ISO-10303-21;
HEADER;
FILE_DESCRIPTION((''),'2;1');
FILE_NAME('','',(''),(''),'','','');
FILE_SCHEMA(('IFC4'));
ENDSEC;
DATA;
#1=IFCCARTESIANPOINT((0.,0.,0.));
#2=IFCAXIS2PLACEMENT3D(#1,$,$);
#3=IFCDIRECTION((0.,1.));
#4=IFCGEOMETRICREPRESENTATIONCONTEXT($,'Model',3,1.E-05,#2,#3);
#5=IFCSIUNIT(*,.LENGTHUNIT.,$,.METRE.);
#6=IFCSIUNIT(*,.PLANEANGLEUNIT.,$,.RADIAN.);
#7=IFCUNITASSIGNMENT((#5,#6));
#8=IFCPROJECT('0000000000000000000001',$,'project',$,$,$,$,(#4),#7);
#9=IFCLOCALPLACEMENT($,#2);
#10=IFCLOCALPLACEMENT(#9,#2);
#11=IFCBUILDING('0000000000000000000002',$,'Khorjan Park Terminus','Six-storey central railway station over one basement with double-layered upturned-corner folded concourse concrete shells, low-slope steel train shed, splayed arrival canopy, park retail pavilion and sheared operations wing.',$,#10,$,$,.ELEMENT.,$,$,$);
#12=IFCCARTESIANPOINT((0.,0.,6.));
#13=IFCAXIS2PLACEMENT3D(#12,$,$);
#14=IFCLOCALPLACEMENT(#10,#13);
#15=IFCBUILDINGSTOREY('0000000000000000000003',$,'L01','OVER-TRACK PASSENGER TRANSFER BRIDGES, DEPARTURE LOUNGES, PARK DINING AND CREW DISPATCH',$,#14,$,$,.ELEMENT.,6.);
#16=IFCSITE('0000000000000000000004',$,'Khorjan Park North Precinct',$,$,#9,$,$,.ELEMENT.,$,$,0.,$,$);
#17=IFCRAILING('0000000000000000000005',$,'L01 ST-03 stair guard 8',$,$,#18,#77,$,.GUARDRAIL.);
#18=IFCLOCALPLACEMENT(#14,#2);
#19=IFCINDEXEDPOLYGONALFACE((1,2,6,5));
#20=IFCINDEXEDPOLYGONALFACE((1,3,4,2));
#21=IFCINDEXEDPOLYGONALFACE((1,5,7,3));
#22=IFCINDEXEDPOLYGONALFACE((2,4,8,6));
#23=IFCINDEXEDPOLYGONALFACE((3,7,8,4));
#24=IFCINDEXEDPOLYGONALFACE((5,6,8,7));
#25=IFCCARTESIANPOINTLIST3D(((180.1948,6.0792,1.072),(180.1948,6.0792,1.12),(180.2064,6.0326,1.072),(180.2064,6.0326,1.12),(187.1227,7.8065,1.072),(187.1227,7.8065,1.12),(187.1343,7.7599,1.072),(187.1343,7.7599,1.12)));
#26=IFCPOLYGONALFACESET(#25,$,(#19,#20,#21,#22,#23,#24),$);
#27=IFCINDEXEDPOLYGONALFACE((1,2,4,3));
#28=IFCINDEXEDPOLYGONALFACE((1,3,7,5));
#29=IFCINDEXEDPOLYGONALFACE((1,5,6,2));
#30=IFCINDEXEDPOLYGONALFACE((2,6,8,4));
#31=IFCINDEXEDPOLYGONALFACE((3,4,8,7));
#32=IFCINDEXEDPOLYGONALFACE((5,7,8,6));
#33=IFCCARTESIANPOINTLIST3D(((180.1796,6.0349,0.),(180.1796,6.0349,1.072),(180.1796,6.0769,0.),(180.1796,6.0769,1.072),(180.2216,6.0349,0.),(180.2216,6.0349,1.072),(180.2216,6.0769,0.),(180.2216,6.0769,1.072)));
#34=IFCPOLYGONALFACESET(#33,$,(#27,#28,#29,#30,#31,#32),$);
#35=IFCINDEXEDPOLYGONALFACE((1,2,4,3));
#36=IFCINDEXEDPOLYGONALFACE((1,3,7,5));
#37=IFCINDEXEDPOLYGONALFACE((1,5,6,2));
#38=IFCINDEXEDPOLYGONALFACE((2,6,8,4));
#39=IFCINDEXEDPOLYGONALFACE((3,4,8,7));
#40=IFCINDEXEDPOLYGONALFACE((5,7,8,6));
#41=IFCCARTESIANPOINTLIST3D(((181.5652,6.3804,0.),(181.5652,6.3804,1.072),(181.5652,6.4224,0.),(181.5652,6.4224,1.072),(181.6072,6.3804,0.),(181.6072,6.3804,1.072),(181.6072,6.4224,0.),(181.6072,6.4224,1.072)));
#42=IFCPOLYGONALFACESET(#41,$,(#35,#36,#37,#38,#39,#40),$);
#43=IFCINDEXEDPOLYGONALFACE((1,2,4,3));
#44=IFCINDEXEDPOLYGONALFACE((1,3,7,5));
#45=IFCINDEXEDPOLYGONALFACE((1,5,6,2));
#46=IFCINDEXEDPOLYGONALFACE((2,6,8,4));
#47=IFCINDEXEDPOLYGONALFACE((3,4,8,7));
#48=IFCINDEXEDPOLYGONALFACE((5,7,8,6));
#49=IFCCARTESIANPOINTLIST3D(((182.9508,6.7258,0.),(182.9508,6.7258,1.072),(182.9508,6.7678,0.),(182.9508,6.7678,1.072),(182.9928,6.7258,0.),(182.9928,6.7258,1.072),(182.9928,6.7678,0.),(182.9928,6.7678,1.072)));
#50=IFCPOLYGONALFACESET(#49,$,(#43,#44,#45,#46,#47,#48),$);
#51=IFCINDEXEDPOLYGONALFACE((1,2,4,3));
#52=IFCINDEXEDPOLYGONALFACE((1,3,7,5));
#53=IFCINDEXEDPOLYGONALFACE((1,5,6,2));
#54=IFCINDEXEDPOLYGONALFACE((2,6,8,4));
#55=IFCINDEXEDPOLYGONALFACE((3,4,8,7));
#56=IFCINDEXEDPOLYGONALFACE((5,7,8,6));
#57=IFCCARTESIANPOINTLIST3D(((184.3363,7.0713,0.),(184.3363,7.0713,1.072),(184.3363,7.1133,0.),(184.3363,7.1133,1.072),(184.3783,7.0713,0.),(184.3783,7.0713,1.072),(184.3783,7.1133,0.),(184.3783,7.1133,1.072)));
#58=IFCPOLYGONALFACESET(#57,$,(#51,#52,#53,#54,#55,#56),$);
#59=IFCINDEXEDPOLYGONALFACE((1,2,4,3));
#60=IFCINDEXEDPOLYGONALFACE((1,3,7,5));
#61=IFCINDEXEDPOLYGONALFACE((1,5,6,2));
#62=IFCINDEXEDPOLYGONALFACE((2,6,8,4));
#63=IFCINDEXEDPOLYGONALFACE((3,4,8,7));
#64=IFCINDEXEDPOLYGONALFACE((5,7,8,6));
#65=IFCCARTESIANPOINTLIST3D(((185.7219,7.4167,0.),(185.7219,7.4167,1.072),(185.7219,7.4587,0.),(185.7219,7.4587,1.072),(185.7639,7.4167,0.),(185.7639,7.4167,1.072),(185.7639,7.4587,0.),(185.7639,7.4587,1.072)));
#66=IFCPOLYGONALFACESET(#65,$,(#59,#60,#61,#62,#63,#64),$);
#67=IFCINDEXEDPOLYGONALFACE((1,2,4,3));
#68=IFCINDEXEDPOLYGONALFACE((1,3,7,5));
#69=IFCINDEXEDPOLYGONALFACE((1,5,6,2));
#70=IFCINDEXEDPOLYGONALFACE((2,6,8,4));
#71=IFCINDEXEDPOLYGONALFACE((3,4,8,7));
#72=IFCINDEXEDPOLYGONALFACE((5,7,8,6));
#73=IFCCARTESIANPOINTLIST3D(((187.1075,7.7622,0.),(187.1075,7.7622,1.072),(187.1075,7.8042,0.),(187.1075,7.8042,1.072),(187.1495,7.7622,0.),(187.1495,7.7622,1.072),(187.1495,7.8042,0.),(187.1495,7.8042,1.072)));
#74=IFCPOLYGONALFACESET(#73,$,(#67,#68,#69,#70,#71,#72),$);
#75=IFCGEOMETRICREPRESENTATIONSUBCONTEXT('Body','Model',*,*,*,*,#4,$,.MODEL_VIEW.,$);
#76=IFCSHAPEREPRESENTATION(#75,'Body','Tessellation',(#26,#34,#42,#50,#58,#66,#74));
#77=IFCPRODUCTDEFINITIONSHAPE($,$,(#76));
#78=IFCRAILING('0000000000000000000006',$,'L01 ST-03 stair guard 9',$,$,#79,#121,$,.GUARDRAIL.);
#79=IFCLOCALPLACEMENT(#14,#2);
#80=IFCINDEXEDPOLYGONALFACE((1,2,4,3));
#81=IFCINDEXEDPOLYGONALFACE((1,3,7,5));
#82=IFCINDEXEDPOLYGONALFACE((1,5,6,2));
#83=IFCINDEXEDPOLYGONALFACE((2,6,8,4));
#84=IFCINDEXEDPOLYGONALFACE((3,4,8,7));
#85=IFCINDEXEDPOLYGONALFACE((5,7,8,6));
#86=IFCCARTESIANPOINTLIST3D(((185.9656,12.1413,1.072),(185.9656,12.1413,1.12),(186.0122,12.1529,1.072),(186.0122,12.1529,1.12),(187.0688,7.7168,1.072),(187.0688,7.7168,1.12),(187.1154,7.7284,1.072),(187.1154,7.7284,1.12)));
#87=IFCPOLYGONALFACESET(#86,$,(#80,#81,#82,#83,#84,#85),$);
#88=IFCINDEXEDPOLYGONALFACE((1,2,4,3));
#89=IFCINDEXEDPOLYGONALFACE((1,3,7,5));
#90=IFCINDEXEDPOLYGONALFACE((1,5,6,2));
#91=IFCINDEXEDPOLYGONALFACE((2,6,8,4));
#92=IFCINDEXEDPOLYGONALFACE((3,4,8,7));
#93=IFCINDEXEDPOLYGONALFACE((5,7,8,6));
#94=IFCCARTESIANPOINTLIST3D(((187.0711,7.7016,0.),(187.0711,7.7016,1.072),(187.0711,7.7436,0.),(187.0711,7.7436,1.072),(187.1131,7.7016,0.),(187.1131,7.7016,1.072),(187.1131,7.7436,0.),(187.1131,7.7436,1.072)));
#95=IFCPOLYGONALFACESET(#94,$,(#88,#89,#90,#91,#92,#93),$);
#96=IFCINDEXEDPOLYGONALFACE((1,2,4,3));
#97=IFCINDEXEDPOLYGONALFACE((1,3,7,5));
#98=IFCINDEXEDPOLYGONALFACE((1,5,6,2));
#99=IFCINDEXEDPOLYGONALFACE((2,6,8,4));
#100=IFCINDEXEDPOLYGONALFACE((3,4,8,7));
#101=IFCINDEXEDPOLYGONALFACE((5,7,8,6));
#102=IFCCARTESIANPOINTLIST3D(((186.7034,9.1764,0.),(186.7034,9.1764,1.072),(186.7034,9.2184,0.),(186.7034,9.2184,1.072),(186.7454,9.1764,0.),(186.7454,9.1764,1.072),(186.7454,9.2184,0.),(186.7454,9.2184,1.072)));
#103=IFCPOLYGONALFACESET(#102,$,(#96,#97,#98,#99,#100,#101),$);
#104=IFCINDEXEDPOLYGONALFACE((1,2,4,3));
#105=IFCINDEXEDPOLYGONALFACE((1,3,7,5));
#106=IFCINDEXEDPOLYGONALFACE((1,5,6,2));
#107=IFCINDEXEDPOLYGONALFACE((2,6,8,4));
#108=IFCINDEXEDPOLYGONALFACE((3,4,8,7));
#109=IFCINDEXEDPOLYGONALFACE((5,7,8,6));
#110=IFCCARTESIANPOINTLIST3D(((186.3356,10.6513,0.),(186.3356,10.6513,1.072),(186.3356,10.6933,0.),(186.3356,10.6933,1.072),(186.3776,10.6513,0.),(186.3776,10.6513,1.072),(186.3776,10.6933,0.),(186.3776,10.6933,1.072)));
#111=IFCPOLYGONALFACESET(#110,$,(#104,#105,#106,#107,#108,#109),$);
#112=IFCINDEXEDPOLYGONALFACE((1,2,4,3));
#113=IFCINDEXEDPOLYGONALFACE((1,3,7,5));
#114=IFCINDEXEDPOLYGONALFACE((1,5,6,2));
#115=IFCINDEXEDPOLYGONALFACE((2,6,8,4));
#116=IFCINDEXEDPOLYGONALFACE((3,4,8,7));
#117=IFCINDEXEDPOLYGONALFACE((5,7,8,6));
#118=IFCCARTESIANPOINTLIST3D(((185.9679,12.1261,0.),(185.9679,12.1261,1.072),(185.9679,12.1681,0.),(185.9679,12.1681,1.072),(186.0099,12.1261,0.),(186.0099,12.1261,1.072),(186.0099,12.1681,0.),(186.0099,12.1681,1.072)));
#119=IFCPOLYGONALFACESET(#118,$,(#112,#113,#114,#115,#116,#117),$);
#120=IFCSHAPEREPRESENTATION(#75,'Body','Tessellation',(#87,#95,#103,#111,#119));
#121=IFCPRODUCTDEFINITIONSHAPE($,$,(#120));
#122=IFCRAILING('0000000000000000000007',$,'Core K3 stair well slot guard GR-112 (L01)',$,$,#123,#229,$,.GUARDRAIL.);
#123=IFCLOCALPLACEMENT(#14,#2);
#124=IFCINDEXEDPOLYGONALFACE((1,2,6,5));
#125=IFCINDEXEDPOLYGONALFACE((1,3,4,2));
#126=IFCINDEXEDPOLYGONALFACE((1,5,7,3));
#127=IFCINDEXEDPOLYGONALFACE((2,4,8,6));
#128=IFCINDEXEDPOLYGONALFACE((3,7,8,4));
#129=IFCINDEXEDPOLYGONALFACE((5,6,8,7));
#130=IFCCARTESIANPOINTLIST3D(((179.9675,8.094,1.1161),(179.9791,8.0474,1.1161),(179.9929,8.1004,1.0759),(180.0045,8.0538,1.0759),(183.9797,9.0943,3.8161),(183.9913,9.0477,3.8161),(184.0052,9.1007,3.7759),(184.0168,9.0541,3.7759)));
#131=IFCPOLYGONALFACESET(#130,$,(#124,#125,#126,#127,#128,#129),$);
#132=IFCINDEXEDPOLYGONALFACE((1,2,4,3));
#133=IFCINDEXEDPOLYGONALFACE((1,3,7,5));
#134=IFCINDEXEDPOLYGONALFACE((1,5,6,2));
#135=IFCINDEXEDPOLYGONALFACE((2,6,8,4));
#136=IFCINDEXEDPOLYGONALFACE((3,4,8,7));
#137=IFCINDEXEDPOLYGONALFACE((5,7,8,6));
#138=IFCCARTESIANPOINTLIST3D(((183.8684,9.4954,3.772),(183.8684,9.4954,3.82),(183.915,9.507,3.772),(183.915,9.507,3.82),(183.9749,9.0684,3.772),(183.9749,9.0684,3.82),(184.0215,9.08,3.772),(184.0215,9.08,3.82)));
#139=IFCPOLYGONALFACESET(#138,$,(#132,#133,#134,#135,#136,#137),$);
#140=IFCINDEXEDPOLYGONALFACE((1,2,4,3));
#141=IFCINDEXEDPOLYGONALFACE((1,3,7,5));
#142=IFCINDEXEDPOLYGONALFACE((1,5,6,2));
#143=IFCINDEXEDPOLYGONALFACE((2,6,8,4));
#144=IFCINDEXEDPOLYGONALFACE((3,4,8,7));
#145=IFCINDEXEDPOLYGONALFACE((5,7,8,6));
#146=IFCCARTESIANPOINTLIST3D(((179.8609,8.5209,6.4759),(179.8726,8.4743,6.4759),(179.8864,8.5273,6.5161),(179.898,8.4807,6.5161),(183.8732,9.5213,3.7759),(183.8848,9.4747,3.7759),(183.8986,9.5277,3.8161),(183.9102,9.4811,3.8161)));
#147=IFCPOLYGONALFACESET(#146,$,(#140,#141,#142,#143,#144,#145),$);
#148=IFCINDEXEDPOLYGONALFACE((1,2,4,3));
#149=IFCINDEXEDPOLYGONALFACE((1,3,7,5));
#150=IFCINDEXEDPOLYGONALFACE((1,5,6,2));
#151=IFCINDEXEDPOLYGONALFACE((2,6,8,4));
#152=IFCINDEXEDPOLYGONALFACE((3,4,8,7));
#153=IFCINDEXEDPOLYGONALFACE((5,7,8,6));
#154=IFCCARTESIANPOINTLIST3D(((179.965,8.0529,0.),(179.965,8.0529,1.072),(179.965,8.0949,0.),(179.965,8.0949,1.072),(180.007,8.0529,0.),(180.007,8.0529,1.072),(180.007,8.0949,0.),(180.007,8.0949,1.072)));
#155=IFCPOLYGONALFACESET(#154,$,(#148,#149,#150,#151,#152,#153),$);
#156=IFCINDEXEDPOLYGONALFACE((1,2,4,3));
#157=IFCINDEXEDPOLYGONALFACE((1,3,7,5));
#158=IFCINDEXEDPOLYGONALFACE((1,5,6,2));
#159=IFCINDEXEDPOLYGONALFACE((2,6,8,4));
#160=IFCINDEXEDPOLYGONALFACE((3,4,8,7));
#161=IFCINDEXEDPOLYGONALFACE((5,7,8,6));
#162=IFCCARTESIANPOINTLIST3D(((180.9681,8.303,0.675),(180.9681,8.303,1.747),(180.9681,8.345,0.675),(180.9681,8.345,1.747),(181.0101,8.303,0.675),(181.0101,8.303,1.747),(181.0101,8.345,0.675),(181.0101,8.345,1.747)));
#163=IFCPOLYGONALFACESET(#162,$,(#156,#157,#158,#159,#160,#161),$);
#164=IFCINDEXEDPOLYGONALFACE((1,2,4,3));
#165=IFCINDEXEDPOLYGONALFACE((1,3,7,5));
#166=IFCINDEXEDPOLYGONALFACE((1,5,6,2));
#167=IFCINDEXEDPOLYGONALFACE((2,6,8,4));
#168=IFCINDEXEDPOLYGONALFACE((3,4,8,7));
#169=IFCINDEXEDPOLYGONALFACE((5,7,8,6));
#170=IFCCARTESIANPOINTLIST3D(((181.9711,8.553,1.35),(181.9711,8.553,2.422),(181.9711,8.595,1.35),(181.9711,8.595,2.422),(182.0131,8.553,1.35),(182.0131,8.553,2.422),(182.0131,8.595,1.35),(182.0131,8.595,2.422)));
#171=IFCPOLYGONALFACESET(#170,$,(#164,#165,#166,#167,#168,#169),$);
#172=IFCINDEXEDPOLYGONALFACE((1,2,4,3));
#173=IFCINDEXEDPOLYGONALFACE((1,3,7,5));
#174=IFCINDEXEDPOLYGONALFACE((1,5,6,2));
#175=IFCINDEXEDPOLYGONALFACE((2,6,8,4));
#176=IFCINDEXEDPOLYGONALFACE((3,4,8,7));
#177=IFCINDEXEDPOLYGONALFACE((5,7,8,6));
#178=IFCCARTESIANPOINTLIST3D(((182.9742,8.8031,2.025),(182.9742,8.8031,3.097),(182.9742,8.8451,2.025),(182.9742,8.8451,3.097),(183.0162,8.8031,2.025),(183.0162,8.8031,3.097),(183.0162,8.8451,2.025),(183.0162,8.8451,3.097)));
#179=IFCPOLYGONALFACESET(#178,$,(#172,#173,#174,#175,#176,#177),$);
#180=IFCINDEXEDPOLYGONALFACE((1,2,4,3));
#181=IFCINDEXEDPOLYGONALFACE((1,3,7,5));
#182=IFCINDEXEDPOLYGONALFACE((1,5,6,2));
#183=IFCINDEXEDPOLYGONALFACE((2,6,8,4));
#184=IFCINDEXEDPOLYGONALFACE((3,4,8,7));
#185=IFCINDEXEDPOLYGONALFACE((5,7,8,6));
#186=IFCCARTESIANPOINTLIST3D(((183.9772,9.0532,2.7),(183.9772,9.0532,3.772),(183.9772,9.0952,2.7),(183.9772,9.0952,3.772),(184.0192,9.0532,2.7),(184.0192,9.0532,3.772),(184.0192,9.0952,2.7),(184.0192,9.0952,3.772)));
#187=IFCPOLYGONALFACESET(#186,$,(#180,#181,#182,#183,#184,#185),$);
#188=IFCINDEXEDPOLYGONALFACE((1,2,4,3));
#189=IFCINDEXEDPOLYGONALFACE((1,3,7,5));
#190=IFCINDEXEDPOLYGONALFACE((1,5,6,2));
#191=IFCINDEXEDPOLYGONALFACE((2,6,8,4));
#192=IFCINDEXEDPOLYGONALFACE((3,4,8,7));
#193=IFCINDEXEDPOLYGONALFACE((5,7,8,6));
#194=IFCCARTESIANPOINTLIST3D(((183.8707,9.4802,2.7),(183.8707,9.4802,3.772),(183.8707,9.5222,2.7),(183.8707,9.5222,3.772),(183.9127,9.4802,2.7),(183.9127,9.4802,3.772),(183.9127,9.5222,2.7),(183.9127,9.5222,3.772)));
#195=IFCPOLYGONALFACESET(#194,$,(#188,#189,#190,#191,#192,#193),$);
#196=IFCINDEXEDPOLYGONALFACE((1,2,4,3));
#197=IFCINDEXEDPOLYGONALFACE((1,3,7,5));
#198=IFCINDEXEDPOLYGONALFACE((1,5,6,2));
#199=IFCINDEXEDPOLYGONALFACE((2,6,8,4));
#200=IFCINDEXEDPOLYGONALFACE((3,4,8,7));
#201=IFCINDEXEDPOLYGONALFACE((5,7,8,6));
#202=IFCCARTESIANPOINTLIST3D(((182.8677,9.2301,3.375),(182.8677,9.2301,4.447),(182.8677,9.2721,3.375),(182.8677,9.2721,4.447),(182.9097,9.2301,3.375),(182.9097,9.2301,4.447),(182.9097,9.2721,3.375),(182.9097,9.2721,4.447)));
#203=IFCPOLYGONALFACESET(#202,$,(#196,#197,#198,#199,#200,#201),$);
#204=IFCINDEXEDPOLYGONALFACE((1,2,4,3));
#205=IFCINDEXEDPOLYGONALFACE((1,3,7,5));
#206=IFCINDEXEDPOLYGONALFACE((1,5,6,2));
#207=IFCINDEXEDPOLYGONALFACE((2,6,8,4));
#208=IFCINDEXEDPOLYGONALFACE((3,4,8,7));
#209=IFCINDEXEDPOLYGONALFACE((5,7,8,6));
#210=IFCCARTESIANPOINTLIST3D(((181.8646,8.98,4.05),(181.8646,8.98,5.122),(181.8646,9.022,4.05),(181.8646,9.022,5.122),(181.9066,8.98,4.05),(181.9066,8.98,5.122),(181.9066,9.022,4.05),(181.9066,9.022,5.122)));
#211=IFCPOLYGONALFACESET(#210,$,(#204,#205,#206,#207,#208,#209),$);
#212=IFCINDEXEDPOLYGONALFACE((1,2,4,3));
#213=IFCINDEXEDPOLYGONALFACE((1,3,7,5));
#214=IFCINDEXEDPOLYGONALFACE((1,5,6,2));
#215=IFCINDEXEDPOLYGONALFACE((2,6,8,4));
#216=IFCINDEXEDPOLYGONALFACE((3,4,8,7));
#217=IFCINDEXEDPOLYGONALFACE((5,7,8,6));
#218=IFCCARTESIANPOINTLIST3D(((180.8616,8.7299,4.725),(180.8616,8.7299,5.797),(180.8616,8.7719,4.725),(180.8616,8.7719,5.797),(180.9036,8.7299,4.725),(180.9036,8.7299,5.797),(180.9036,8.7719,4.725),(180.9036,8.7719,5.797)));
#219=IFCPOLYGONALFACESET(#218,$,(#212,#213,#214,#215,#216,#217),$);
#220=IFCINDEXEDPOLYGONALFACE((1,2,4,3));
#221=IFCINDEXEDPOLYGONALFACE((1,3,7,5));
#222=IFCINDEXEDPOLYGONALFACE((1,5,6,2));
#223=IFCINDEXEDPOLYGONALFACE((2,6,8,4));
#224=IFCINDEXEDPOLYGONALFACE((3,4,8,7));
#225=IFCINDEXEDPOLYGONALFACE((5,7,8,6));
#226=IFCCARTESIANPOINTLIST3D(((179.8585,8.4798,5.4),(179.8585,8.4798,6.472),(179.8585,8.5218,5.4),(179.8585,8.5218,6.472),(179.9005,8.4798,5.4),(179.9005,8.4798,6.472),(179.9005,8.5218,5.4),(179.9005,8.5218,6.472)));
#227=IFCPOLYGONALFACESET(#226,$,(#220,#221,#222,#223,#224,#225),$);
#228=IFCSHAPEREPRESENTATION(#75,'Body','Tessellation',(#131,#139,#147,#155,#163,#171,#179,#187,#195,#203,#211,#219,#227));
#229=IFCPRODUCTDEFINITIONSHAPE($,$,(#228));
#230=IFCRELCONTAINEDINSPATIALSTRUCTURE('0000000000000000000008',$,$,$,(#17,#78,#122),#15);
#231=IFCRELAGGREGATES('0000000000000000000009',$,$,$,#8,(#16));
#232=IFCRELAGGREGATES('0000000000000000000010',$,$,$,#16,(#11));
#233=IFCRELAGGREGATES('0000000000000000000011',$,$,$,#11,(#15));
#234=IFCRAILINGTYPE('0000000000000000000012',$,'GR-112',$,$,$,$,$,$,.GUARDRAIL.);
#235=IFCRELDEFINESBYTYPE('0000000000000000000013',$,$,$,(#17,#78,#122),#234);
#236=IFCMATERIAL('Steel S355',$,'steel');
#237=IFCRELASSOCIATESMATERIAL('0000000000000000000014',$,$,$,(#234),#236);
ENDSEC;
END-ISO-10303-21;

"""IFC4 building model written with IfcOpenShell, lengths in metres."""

from ifc_helpers import new_model, si_unit, direction, frame, origin, origin_2d, place, context, subcontext, project, spatial, rectangle, extrude, material, type_object, element, save


model = new_model("IFC4")

# Units and contexts
model_context = context("Model", 3, precision=1e-05, world=origin(), true_north=direction((0.0, 1.0)))
body_context = subcontext(model_context, "Body", "Model", "MODEL_VIEW")
ifc_project = project(units=[si_unit("LENGTHUNIT", "METRE"), si_unit("PLANEANGLEUNIT", "RADIAN")], contexts=[model_context])

# Site, building, storey
site_placement = place(None, origin())
site = spatial("IfcSite", under=ifc_project, at=site_placement, Name="Khorjan Park North Precinct", CompositionType="ELEMENT", RefElevation=0.0)
building_placement = place(site_placement, origin())
building = spatial("IfcBuilding", under=site, at=building_placement, Name="Khorjan Park Terminus", Description="Six-storey central railway station over one basement with double-layered upturned-corner folded concourse concrete shells, low-slope steel train shed, splayed arrival canopy, park retail pavilion and sheared operations wing.", CompositionType="ELEMENT")
storey_placement = place(building_placement, frame((0.0, 0.0, 6.0)))
storey = spatial("IfcBuildingStorey", under=building, at=storey_placement, Name="L01", Description="OVER-TRACK PASSENGER TRANSFER BRIDGES, DEPARTURE LOUNGES, PARK DINING AND CREW DISPATCH", CompositionType="ELEMENT", Elevation=6.0)

# Shared definitions
ifc_material_1 = material(Name="Steel S355", Category="steel")

# Railings
railing_type_1 = type_object("IfcRailingType", Name="GR-112", PredefinedType="GUARDRAIL", material=ifc_material_1)
railing_1_placement = place(storey_placement, frame((180.2006, 6.0559, 0.0)))
element("IfcRailing", 1, at=railing_1_placement, inside=storey, type_object=railing_type_1, Name="L01 ST-03 stair guard 8", PredefinedType="GUARDRAIL", context=body_context, shape_type="SweptSolid", body=[
    extrude(rectangle(XDim=0.048, YDim=0.048, at=origin_2d()), frame((0.0, 0.0, 1.096), z_axis=(0.970296, 0.241919, 0.0), x_axis=(-0.241919, 0.970296, 0.0)), (0.0, 0.0, 1.0), 7.14),
    extrude(rectangle(XDim=0.042, YDim=0.042, at=origin_2d()), origin(), (0.0, 0.0, 1.0), 1.072),
    extrude(rectangle(XDim=0.042, YDim=0.042, at=origin_2d()), frame((1.3856, 0.3455, 0.0)), (0.0, 0.0, 1.0), 1.072),
    extrude(rectangle(XDim=0.042, YDim=0.042, at=origin_2d()), frame((2.7712, 0.6909, 0.0)), (0.0, 0.0, 1.0), 1.072),
    extrude(rectangle(XDim=0.042, YDim=0.042, at=origin_2d()), frame((4.1567, 1.0364, 0.0)), (0.0, 0.0, 1.0), 1.072),
    extrude(rectangle(XDim=0.042, YDim=0.042, at=origin_2d()), frame((5.5423, 1.3818, 0.0)), (0.0, 0.0, 1.0), 1.072),
    extrude(rectangle(XDim=0.042, YDim=0.042, at=origin_2d()), frame((6.9279, 1.7273, 0.0)), (0.0, 0.0, 1.0), 1.072),
])
railing_2_placement = place(storey_placement, frame((187.0921, 7.7226, 0.0)))
element("IfcRailing", 2, at=railing_2_placement, inside=storey, type_object=railing_type_1, Name="L01 ST-03 stair guard 9", PredefinedType="GUARDRAIL", context=body_context, shape_type="SweptSolid", body=[
    extrude(rectangle(XDim=0.048, YDim=0.048, at=origin_2d()), frame((0.0, 0.0, 1.096), z_axis=(-0.241932, 0.970293, 0.0), x_axis=(-0.970293, -0.241932, 0.0)), (0.0, 0.0, 1.0), 4.56),
    extrude(rectangle(XDim=0.042, YDim=0.042, at=origin_2d()), origin(), (0.0, 0.0, 1.0), 1.072),
    extrude(rectangle(XDim=0.042, YDim=0.042, at=origin_2d()), frame((-0.3677, 1.4748, 0.0)), (0.0, 0.0, 1.0), 1.072),
    extrude(rectangle(XDim=0.042, YDim=0.042, at=origin_2d()), frame((-0.7355, 2.9497, 0.0)), (0.0, 0.0, 1.0), 1.072),
    extrude(rectangle(XDim=0.042, YDim=0.042, at=origin_2d()), frame((-1.1032, 4.4245, 0.0)), (0.0, 0.0, 1.0), 1.072),
])
railing_3_placement = place(storey_placement, frame((179.986, 8.0739, 0.0)))
element("IfcRailing", 3, at=railing_3_placement, inside=storey, type_object=railing_type_1, Name="Core K3 stair well slot guard GR-112 (L01)", PredefinedType="GUARDRAIL", context=body_context, shape_type="SweptSolid", body=[
    extrude(rectangle(XDim=0.048, YDim=0.048, at=origin_2d()), frame((0.0, 0.0, 1.096), z_axis=(0.81244, 0.202553, 0.54673), x_axis=(-0.24191, 0.970299, 0.0)), (0.0, 0.0, 1.0), 4.9385),
    extrude(rectangle(XDim=0.048, YDim=0.048, at=origin_2d()), frame((4.0122, 1.0003, 3.796), z_axis=(-0.242001, 0.970276, 0.0), x_axis=(-0.970276, -0.242001, 0.0)), (0.0, 0.0, 1.0), 0.4401),
    extrude(rectangle(XDim=0.048, YDim=0.048, at=origin_2d()), frame((3.9057, 1.4273, 3.796), z_axis=(-0.812437, -0.202573, 0.546727), x_axis=(0.241932, -0.970293, 0.0)), (0.0, 0.0, 1.0), 4.9385),
    extrude(rectangle(XDim=0.042, YDim=0.042, at=origin_2d()), origin(), (0.0, 0.0, 1.0), 1.072),
    extrude(rectangle(XDim=0.042, YDim=0.042, at=origin_2d()), frame((1.0031, 0.2501, 0.675)), (0.0, 0.0, 1.0), 1.072),
    extrude(rectangle(XDim=0.042, YDim=0.042, at=origin_2d()), frame((2.0061, 0.5001, 1.35)), (0.0, 0.0, 1.0), 1.072),
    extrude(rectangle(XDim=0.042, YDim=0.042, at=origin_2d()), frame((3.0092, 0.7502, 2.025)), (0.0, 0.0, 1.0), 1.072),
    extrude(rectangle(XDim=0.042, YDim=0.042, at=origin_2d()), frame((4.0122, 1.0003, 2.7)), (0.0, 0.0, 1.0), 1.072),
    extrude(rectangle(XDim=0.042, YDim=0.042, at=origin_2d()), frame((3.9057, 1.4273, 2.7)), (0.0, 0.0, 1.0), 1.072),
    extrude(rectangle(XDim=0.042, YDim=0.042, at=origin_2d()), frame((2.9027, 1.1772, 3.375)), (0.0, 0.0, 1.0), 1.072),
    extrude(rectangle(XDim=0.042, YDim=0.042, at=origin_2d()), frame((1.8996, 0.9271, 4.05)), (0.0, 0.0, 1.0), 1.072),
    extrude(rectangle(XDim=0.042, YDim=0.042, at=origin_2d()), frame((0.8966, 0.677, 4.725)), (0.0, 0.0, 1.0), 1.072),
    extrude(rectangle(XDim=0.042, YDim=0.042, at=origin_2d()), frame((-0.1065, 0.4269, 5.4)), (0.0, 0.0, 1.0), 1.072),
])

save(model, "model.ifc")
